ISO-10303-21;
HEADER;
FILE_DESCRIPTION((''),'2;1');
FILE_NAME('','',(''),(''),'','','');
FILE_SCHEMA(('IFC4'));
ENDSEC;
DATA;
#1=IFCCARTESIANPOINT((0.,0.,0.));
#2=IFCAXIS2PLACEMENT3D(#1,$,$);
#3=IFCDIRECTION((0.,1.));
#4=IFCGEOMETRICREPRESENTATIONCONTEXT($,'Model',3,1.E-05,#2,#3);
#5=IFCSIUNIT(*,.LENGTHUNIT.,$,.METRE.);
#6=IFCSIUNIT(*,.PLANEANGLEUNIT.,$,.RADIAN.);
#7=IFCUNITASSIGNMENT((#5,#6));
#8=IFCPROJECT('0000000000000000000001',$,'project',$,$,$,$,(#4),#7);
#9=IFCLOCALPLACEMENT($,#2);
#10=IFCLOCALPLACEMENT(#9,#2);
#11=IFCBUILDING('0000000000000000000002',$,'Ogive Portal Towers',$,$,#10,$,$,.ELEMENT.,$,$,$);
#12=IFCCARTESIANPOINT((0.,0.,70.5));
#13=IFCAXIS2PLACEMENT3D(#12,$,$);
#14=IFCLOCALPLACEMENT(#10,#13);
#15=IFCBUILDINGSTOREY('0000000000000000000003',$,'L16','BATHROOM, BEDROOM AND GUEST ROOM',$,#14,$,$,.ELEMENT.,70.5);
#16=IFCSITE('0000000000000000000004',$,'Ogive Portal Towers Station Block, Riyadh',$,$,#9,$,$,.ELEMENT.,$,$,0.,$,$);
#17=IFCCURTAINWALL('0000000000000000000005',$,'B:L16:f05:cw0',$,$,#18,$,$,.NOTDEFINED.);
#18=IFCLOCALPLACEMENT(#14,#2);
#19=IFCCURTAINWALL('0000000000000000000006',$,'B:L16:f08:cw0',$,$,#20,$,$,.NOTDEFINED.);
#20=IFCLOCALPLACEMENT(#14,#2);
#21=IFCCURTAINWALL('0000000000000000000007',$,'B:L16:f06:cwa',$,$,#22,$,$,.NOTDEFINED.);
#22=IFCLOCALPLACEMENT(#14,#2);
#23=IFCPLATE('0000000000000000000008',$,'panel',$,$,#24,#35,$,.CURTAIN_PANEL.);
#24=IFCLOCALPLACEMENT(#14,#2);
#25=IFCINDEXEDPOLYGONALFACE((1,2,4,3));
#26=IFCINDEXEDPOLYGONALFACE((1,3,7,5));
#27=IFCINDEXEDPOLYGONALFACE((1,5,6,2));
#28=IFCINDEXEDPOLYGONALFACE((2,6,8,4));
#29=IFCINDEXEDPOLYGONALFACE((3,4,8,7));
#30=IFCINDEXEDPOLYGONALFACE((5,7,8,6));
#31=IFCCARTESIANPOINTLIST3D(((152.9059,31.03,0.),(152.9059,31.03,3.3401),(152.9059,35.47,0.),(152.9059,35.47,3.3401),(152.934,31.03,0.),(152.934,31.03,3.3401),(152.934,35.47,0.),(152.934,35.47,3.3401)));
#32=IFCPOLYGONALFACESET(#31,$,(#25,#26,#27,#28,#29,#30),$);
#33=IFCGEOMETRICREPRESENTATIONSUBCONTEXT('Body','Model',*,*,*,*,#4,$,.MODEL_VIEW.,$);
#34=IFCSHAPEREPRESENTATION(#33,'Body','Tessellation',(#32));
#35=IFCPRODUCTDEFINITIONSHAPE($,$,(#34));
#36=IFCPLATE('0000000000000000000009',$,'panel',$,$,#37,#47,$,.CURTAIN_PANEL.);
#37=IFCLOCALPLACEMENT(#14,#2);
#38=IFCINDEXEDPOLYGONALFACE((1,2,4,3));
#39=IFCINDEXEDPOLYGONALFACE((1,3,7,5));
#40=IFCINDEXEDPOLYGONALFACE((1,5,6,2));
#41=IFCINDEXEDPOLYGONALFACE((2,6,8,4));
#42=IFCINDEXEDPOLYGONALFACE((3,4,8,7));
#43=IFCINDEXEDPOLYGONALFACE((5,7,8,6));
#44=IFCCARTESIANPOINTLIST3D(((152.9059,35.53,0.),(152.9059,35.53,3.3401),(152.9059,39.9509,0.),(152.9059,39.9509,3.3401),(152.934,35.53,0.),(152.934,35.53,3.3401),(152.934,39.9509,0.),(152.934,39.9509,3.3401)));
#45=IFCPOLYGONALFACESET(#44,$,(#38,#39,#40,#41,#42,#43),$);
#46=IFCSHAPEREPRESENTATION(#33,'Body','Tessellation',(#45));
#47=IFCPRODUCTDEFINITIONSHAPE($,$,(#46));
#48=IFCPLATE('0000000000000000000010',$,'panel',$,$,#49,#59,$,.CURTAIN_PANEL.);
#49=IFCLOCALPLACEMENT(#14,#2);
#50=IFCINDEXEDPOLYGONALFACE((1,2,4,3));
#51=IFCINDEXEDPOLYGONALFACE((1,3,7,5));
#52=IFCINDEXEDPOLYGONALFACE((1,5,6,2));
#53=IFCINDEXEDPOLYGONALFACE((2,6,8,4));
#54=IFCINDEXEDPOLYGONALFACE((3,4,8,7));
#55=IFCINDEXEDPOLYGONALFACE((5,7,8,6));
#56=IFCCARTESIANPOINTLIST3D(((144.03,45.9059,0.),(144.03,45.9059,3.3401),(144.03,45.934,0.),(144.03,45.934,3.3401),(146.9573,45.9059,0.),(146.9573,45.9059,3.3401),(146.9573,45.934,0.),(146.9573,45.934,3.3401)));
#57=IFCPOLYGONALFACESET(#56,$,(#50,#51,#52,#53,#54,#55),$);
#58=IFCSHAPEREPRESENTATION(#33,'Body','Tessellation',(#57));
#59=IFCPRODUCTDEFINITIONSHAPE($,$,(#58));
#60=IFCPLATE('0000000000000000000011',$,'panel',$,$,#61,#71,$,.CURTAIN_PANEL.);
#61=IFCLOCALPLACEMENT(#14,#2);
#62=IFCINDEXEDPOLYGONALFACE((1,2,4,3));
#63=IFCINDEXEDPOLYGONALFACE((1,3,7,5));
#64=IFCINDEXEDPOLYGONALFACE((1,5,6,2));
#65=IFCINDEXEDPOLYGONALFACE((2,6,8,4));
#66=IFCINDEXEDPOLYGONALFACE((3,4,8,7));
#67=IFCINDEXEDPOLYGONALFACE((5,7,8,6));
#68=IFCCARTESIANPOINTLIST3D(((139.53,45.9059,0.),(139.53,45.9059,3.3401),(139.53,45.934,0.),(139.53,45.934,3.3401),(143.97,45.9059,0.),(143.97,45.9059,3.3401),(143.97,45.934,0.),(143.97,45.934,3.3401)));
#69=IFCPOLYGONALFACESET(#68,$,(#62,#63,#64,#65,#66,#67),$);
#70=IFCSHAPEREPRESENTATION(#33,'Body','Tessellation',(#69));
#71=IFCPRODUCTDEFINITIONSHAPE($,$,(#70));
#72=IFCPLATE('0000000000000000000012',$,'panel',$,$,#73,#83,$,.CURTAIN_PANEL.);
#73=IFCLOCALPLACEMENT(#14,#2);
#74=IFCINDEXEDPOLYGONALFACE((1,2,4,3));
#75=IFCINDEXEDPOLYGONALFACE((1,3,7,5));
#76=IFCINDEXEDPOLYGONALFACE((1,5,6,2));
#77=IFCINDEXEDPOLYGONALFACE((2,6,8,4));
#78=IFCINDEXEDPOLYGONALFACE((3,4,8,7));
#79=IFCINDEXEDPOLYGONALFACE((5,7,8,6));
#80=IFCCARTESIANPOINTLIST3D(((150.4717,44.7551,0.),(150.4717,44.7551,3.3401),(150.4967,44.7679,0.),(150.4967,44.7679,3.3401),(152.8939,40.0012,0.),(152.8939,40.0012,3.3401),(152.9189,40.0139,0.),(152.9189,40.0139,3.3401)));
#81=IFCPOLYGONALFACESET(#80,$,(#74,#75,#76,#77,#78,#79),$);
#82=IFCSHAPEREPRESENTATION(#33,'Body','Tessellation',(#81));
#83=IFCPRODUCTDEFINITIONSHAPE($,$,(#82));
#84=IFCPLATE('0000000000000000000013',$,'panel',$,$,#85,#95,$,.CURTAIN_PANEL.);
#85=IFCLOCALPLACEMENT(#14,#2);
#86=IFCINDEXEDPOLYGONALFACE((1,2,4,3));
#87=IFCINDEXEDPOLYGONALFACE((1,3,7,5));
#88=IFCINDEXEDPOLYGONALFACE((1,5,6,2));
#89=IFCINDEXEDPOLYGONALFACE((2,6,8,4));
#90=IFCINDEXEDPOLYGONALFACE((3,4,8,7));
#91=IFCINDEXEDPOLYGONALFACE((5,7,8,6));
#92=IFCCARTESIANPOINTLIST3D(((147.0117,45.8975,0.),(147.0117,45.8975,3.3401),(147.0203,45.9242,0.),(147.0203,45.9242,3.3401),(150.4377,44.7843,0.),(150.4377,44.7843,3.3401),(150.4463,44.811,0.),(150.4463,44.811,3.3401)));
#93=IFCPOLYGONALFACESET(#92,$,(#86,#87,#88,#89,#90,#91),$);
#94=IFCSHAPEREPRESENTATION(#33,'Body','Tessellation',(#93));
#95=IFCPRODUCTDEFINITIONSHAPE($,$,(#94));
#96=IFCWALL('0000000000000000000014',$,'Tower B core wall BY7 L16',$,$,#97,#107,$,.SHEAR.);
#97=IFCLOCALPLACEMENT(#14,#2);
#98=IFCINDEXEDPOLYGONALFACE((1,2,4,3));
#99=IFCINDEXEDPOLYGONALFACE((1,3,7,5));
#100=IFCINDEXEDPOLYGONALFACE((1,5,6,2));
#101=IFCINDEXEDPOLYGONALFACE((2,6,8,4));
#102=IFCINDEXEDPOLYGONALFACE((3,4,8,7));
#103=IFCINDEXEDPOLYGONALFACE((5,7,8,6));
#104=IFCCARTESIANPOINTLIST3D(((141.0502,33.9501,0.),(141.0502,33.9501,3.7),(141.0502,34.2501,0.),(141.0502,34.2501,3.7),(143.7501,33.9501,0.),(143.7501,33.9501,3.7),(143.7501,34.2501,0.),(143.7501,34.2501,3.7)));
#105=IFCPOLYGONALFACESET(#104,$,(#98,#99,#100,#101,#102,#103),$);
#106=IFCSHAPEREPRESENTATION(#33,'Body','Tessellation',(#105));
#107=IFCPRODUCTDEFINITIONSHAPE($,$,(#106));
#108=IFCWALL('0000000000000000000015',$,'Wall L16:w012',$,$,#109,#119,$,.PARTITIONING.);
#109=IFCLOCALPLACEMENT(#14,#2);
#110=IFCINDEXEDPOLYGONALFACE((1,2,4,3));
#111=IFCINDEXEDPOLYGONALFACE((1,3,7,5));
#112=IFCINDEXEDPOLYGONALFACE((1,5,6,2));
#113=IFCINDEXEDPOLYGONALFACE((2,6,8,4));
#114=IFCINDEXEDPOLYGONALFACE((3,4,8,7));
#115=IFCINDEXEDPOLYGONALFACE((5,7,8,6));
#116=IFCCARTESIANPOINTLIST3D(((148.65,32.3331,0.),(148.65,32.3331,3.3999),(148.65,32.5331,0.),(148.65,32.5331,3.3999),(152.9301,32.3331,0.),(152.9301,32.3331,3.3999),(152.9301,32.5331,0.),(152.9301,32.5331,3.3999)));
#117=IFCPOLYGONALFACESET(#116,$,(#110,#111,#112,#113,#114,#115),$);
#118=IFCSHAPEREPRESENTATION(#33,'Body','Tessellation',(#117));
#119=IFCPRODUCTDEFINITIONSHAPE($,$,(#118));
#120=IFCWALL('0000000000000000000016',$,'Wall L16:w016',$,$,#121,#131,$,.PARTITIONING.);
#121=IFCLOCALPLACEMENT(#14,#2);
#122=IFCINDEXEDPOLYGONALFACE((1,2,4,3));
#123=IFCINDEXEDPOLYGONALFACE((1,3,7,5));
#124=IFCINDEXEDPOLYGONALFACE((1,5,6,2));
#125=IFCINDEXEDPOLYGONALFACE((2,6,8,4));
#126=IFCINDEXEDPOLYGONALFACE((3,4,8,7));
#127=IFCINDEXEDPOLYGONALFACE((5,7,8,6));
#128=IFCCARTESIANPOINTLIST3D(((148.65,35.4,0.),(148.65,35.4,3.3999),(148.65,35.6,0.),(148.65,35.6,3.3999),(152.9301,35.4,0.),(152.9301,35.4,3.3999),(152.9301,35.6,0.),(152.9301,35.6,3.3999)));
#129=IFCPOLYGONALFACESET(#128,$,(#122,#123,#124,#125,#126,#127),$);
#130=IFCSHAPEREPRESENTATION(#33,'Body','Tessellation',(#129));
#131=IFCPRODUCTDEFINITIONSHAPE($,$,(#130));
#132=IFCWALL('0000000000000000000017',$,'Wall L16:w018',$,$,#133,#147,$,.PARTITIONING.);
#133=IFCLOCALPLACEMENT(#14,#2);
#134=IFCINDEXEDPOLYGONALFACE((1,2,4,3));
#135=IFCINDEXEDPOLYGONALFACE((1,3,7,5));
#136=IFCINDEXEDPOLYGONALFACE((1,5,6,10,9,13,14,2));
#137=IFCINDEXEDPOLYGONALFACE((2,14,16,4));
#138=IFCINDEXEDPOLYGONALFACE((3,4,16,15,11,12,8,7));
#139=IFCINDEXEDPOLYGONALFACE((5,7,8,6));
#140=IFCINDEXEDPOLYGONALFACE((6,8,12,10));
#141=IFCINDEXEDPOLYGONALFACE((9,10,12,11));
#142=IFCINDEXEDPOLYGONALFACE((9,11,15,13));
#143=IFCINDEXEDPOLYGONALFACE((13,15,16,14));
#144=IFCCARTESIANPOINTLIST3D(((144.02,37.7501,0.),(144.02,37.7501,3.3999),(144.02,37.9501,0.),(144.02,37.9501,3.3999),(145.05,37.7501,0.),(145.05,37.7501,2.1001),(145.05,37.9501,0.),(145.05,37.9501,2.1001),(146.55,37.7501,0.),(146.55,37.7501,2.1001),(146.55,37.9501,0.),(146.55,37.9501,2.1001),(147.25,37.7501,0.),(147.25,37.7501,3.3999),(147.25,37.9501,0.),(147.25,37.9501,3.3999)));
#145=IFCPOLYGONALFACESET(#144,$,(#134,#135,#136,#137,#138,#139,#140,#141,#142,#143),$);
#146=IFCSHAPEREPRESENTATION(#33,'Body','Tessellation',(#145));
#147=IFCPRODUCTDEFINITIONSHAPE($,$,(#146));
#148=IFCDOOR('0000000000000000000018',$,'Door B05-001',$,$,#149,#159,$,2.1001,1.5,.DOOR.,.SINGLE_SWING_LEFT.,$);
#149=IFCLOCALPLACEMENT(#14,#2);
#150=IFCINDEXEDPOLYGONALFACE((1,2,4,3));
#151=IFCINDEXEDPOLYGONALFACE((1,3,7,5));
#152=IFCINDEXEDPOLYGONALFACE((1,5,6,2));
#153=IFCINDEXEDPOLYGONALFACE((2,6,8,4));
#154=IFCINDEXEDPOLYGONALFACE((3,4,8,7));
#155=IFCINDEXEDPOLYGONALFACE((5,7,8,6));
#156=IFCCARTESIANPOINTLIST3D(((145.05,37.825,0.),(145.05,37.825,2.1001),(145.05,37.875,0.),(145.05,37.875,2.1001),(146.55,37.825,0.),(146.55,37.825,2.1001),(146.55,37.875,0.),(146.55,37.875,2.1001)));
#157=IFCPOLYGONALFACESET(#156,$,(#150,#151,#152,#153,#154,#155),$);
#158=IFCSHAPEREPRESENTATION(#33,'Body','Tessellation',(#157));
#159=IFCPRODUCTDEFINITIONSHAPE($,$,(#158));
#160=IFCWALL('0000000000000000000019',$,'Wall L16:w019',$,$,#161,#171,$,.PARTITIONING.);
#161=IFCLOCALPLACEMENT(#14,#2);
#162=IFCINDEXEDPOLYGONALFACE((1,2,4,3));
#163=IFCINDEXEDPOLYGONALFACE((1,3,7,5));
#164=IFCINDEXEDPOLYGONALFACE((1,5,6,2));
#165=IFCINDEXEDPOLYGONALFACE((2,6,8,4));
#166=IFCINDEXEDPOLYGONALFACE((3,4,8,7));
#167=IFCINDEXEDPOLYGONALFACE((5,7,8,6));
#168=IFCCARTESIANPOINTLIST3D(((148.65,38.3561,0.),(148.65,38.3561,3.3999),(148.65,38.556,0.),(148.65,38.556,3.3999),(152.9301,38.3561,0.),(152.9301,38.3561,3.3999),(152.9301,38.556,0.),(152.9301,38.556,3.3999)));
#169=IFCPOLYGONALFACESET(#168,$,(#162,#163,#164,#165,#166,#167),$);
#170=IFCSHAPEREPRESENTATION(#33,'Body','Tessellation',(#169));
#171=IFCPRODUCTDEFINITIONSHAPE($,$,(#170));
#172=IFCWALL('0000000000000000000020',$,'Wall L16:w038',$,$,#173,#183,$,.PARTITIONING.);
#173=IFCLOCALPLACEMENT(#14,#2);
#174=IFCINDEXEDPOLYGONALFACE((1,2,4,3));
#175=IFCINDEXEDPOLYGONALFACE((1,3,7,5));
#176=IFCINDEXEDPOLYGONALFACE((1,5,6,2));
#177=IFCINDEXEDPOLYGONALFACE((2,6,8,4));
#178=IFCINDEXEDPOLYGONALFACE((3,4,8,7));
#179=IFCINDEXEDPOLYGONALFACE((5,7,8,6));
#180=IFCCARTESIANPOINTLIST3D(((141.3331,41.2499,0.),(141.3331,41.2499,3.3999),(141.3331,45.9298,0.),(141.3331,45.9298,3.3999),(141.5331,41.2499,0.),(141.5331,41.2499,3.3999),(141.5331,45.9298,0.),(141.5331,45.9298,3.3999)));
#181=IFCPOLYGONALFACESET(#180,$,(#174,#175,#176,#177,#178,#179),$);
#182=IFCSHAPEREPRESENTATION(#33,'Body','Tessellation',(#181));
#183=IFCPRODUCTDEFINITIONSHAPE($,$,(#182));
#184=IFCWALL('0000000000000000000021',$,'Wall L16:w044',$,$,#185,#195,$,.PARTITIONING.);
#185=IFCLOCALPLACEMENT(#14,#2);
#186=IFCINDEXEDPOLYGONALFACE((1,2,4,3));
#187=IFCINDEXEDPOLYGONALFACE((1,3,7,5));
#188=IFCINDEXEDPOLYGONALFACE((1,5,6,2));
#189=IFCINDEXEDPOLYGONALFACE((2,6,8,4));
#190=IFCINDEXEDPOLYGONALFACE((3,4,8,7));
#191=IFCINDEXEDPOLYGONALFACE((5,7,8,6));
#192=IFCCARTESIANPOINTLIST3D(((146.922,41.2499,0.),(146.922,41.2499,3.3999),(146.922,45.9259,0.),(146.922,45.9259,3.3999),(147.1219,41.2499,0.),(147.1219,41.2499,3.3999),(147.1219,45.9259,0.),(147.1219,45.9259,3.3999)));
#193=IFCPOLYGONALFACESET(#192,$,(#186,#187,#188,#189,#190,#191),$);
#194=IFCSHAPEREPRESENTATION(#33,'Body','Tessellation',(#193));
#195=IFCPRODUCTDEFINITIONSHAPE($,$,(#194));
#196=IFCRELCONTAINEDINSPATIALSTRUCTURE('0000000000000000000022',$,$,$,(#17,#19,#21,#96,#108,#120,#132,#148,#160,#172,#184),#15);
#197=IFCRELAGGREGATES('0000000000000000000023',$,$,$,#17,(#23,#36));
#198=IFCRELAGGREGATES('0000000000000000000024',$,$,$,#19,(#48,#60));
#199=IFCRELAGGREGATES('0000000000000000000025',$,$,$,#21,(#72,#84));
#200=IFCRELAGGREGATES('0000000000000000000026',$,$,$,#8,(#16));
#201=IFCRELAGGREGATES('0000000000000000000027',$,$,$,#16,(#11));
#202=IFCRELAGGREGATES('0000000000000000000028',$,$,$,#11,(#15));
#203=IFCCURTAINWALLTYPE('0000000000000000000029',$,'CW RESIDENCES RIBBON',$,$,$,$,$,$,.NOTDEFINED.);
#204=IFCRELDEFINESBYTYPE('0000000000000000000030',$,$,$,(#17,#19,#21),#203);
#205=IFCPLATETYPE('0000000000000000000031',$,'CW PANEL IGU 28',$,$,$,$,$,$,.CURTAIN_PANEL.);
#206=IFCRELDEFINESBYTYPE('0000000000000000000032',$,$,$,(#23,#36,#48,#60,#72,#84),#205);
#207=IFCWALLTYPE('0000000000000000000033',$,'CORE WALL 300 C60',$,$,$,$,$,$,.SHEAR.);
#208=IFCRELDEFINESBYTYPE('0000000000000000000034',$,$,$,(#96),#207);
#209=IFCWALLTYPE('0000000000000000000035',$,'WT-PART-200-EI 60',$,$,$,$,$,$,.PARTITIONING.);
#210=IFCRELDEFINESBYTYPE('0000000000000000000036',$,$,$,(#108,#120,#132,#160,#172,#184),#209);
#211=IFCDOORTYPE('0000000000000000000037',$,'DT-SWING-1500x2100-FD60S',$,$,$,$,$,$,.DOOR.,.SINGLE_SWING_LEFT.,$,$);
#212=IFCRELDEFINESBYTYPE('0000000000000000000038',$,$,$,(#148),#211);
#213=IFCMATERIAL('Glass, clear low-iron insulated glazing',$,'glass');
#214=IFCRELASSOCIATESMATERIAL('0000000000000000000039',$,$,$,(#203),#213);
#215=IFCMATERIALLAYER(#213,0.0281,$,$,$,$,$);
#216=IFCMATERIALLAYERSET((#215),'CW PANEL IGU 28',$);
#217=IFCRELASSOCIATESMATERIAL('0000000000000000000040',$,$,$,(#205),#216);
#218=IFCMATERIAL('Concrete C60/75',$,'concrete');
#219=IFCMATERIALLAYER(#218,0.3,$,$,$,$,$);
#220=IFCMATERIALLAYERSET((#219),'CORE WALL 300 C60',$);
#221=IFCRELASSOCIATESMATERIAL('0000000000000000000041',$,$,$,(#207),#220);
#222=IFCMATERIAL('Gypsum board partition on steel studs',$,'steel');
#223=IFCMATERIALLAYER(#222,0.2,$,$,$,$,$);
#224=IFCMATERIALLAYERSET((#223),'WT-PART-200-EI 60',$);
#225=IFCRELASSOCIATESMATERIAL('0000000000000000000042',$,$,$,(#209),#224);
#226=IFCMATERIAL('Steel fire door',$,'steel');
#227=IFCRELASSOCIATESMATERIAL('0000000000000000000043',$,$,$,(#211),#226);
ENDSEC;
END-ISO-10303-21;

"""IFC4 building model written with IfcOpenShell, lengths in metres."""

from ifc_helpers import new_model, si_unit, direction, frame, frame_2d, origin, origin_2d, place, context, subcontext, project, spatial, rectangle, extrude, material, layer, layer_set, type_object, element, fill, aggregate, save


model = new_model("IFC4")

# Units and contexts
model_context = context("Model", 3, precision=1e-05, world=origin(), true_north=direction((0.0, 1.0)))
body_context = subcontext(model_context, "Body", "Model", "MODEL_VIEW")
ifc_project = project(units=[si_unit("LENGTHUNIT", "METRE"), si_unit("PLANEANGLEUNIT", "RADIAN")], contexts=[model_context])

# Site, building, storey
site_placement = place(None, origin())
site = spatial("IfcSite", under=ifc_project, at=site_placement, Name="Ogive Portal Towers Station Block, Riyadh", CompositionType="ELEMENT", RefElevation=0.0)
building_placement = place(site_placement, origin())
building = spatial("IfcBuilding", under=site, at=building_placement, Name="Ogive Portal Towers", CompositionType="ELEMENT")
storey_placement = place(building_placement, frame((0.0, 0.0, 70.5)))
storey = spatial("IfcBuildingStorey", under=building, at=storey_placement, Name="L16", Description="BATHROOM, BEDROOM AND GUEST ROOM", CompositionType="ELEMENT", Elevation=70.5)

# Curtain walls
ifc_material_1 = material(Name="Glass, clear low-iron insulated glazing", Category="glass")
curtain_wall_type = type_object("IfcCurtainWallType", Name="CW RESIDENCES RIBBON", PredefinedType="NOTDEFINED", material=ifc_material_1)
curtain_wall_1_placement = place(storey_placement, origin())
curtain_wall_1 = element("IfcCurtainWall", 1, at=curtain_wall_1_placement, inside=storey, type_object=curtain_wall_type, Name="B:L16:f05:cw0", PredefinedType="NOTDEFINED")
curtain_wall_2_placement = place(storey_placement, origin())
curtain_wall_2 = element("IfcCurtainWall", 2, at=curtain_wall_2_placement, inside=storey, type_object=curtain_wall_type, Name="B:L16:f08:cw0", PredefinedType="NOTDEFINED")

# Curtain wall
curtain_wall_3_placement = place(storey_placement, origin())
curtain_wall_3 = element("IfcCurtainWall", 3, at=curtain_wall_3_placement, inside=storey, type_object=curtain_wall_type, Name="B:L16:f06:cwa", PredefinedType="NOTDEFINED")

# Plates
ifc_layer_1 = layer(ifc_material_1, 0.0281)
ifc_layer_set_1 = layer_set([ifc_layer_1], Name="CW PANEL IGU 28")
plate_type = type_object("IfcPlateType", Name="CW PANEL IGU 28", PredefinedType="CURTAIN_PANEL", material=ifc_layer_set_1)
plate_1_placement = place(storey_placement, frame((152.9199, 33.25, 0.0), z_axis=(0.0, 0.0, 1.0), x_axis=(0.0, 1.0, 0.0)))
plate_1 = element("IfcPlate", 4, at=plate_1_placement, type_object=plate_type, Name="panel", PredefinedType="CURTAIN_PANEL", context=body_context, shape_type="SweptSolid", body=[
    extrude(rectangle(XDim=4.4399, YDim=0.0281, at=origin_2d()), origin(), (0.0, 0.0, 1.0), 3.3401),
])
plate_2_placement = place(storey_placement, frame((152.9199, 37.7405, 0.0), z_axis=(0.0, 0.0, 1.0), x_axis=(0.0, 1.0, 0.0)))
plate_2 = element("IfcPlate", 5, at=plate_2_placement, type_object=plate_type, Name="panel", PredefinedType="CURTAIN_PANEL", context=body_context, shape_type="SweptSolid", body=[
    extrude(rectangle(XDim=4.4209, YDim=0.0281, at=origin_2d()), origin(), (0.0, 0.0, 1.0), 3.3401),
])
aggregate(curtain_wall_1, [plate_1, plate_2])
plate_3_placement = place(storey_placement, frame((145.4937, 45.9199, 0.0), z_axis=(0.0, 0.0, 1.0), x_axis=(-1.0, 0.0, 0.0)))
plate_3 = element("IfcPlate", 6, at=plate_3_placement, type_object=plate_type, Name="panel", PredefinedType="CURTAIN_PANEL", context=body_context, shape_type="SweptSolid", body=[
    extrude(rectangle(XDim=2.9272, YDim=0.0281, at=origin_2d()), origin(), (0.0, 0.0, 1.0), 3.3401),
])
plate_4_placement = place(storey_placement, frame((141.75, 45.9199, 0.0), z_axis=(0.0, 0.0, 1.0), x_axis=(-1.0, 0.0, 0.0)))
plate_4 = element("IfcPlate", 7, at=plate_4_placement, type_object=plate_type, Name="panel", PredefinedType="CURTAIN_PANEL", context=body_context, shape_type="SweptSolid", body=[
    extrude(rectangle(XDim=4.4399, YDim=0.0281, at=origin_2d()), origin(), (0.0, 0.0, 1.0), 3.3401),
])
aggregate(curtain_wall_2, [plate_3, plate_4])
plate_5_placement = place(storey_placement, frame((151.6953, 42.3845, 0.0), z_axis=(0.0, 0.0, 1.0), x_axis=(-0.45399, 0.891007, 0.0)))
plate_5 = element("IfcPlate", 8, at=plate_5_placement, type_object=plate_type, Name="panel", PredefinedType="CURTAIN_PANEL", context=body_context, shape_type="SweptSolid", body=[
    extrude(rectangle(XDim=5.3354, YDim=0.0281, at=origin_2d()), origin(), (0.0, 0.0, 1.0), 3.3401),
])
plate_6_placement = place(storey_placement, frame((148.729, 45.3542, 0.0), z_axis=(0.0, 0.0, 1.0), x_axis=(-0.951057, 0.309017, 0.0)))
plate_6 = element("IfcPlate", 9, at=plate_6_placement, type_object=plate_type, Name="panel", PredefinedType="CURTAIN_PANEL", context=body_context, shape_type="SweptSolid", body=[
    extrude(rectangle(XDim=3.6023, YDim=0.0281, at=origin_2d()), origin(), (0.0, 0.0, 1.0), 3.3401),
])
aggregate(curtain_wall_3, [plate_5, plate_6])

# Walls
ifc_material_2 = material(Name="Concrete C60/75", Category="concrete")
ifc_layer_2 = layer(ifc_material_2, 0.3)
ifc_layer_set_2 = layer_set([ifc_layer_2], Name="CORE WALL 300 C60")
wall_type_1 = type_object("IfcWallType", Name="CORE WALL 300 C60", PredefinedType="SHEAR", material=ifc_layer_set_2)
wall_1_placement = place(storey_placement, frame((141.05, 34.1001, 0.0), z_axis=(0.0, 0.0, 1.0), x_axis=(1.0, 0.0, 0.0)))
element("IfcWall", 10, at=wall_1_placement, inside=storey, type_object=wall_type_1, Name="Tower B core wall BY7 L16", PredefinedType="SHEAR", context=body_context, shape_type="SweptSolid", body=[
    extrude(rectangle(XDim=2.7, YDim=0.3, at=frame_2d((1.3501, 0.0))), origin(), (0.0, 0.0, 1.0), 3.7),
])
ifc_material_3 = material(Name="Gypsum board partition on steel studs", Category="steel")
ifc_layer_3 = layer(ifc_material_3, 0.2)
ifc_layer_set_3 = layer_set([ifc_layer_3], Name="WT-PART-200-EI 60")
wall_type_2 = type_object("IfcWallType", Name="WT-PART-200-EI 60", PredefinedType="PARTITIONING", material=ifc_layer_set_3)
for number, where, z_axis, x_axis, name in (
    (11, (148.6499, 32.4331, 0.0), (0.0, 0.0, 1.0), (1.0, 0.0, 0.0), "Wall L16:w012"),
    (12, (148.6499, 35.5, 0.0), (0.0, 0.0, 1.0), (1.0, 0.0, 0.0), "Wall L16:w016"),
):
    element("IfcWall", number, at=place(storey_placement, frame(where, z_axis=z_axis, x_axis=x_axis)), inside=storey, type_object=wall_type_2, Name=name, PredefinedType="PARTITIONING", context=body_context, shape_type="SweptSolid", body=[
        extrude(rectangle(XDim=4.28, YDim=0.2, at=frame_2d((2.1401, 0.0))), origin(), (0.0, 0.0, 1.0), 3.3999),
    ])

# Wall, opening, door
wall_2_placement = place(storey_placement, frame((144.02, 37.8501, 0.0), z_axis=(0.0, 0.0, 1.0), x_axis=(1.0, 0.0, 0.0)))
wall_2 = element("IfcWall", 13, at=wall_2_placement, inside=storey, type_object=wall_type_2, Name="Wall L16:w018", PredefinedType="PARTITIONING", context=body_context, shape_type="SweptSolid", body=[
    extrude(rectangle(XDim=3.23, YDim=0.2, at=frame_2d((1.615, 0.0))), origin(), (0.0, 0.0, 1.0), 3.3999),
])
opening_placement = place(wall_2_placement, frame((1.03, 0.0, 0.0)))
opening = element("IfcOpeningElement", 14, at=opening_placement, cuts=wall_2, PredefinedType="OPENING", context=body_context, shape_type="SweptSolid", body=[
    extrude(rectangle(XDim=1.5, YDim=2.1001, at=frame_2d((0.75, 1.05))), frame((0.0, 0.1099, 0.0), z_axis=(0.0, -1.0, 0.0), x_axis=(1.0, 0.0, 0.0)), (0.0, 0.0, 1.0), 0.22),
])
ifc_material_4 = material(Name="Steel fire door", Category="steel")
door_type = type_object("IfcDoorType", Name="DT-SWING-1500x2100-FD60S", OperationType="SINGLE_SWING_LEFT", PredefinedType="DOOR", material=ifc_material_4)
door_placement = place(opening_placement, origin())
door = element("IfcDoor", 15, at=door_placement, inside=storey, type_object=door_type, Name="Door B05-001", OperationType="SINGLE_SWING_LEFT", OverallHeight=2.1001, OverallWidth=1.5, PredefinedType="DOOR", context=body_context, shape_type="SweptSolid", body=[
    extrude(rectangle(XDim=1.5, YDim=2.1001, at=frame_2d((0.75, 1.05))), frame((0.0, 0.0249, 0.0), z_axis=(0.0, -1.0, 0.0), x_axis=(1.0, 0.0, 0.0)), (0.0, 0.0, 1.0), 0.05),
])
fill(opening, door)

# Walls
wall_3_placement = place(storey_placement, frame((148.6499, 38.4561, 0.0), z_axis=(0.0, 0.0, 1.0), x_axis=(1.0, 0.0, 0.0)))
element("IfcWall", 16, at=wall_3_placement, inside=storey, type_object=wall_type_2, Name="Wall L16:w019", PredefinedType="PARTITIONING", context=body_context, shape_type="SweptSolid", body=[
    extrude(rectangle(XDim=4.28, YDim=0.2, at=frame_2d((2.1401, 0.0))), origin(), (0.0, 0.0, 1.0), 3.3999),
])
wall_4_placement = place(storey_placement, frame((141.4331, 41.25, 0.0), z_axis=(0.0, 0.0, 1.0), x_axis=(0.0, 1.0, 0.0)))
element("IfcWall", 17, at=wall_4_placement, inside=storey, type_object=wall_type_2, Name="Wall L16:w038", PredefinedType="PARTITIONING", context=body_context, shape_type="SweptSolid", body=[
    extrude(rectangle(XDim=4.6799, YDim=0.2, at=frame_2d((2.3398, 0.0))), origin(), (0.0, 0.0, 1.0), 3.3999),
])
wall_5_placement = place(storey_placement, frame((147.022, 41.25, 0.0), z_axis=(0.0, 0.0, 1.0), x_axis=(0.0, 1.0, 0.0)))
element("IfcWall", 18, at=wall_5_placement, inside=storey, type_object=wall_type_2, Name="Wall L16:w044", PredefinedType="PARTITIONING", context=body_context, shape_type="SweptSolid", body=[
    extrude(rectangle(XDim=4.676, YDim=0.2, at=frame_2d((2.3379, 0.0))), origin(), (0.0, 0.0, 1.0), 3.3999),
])

save(model, "model.ifc")
